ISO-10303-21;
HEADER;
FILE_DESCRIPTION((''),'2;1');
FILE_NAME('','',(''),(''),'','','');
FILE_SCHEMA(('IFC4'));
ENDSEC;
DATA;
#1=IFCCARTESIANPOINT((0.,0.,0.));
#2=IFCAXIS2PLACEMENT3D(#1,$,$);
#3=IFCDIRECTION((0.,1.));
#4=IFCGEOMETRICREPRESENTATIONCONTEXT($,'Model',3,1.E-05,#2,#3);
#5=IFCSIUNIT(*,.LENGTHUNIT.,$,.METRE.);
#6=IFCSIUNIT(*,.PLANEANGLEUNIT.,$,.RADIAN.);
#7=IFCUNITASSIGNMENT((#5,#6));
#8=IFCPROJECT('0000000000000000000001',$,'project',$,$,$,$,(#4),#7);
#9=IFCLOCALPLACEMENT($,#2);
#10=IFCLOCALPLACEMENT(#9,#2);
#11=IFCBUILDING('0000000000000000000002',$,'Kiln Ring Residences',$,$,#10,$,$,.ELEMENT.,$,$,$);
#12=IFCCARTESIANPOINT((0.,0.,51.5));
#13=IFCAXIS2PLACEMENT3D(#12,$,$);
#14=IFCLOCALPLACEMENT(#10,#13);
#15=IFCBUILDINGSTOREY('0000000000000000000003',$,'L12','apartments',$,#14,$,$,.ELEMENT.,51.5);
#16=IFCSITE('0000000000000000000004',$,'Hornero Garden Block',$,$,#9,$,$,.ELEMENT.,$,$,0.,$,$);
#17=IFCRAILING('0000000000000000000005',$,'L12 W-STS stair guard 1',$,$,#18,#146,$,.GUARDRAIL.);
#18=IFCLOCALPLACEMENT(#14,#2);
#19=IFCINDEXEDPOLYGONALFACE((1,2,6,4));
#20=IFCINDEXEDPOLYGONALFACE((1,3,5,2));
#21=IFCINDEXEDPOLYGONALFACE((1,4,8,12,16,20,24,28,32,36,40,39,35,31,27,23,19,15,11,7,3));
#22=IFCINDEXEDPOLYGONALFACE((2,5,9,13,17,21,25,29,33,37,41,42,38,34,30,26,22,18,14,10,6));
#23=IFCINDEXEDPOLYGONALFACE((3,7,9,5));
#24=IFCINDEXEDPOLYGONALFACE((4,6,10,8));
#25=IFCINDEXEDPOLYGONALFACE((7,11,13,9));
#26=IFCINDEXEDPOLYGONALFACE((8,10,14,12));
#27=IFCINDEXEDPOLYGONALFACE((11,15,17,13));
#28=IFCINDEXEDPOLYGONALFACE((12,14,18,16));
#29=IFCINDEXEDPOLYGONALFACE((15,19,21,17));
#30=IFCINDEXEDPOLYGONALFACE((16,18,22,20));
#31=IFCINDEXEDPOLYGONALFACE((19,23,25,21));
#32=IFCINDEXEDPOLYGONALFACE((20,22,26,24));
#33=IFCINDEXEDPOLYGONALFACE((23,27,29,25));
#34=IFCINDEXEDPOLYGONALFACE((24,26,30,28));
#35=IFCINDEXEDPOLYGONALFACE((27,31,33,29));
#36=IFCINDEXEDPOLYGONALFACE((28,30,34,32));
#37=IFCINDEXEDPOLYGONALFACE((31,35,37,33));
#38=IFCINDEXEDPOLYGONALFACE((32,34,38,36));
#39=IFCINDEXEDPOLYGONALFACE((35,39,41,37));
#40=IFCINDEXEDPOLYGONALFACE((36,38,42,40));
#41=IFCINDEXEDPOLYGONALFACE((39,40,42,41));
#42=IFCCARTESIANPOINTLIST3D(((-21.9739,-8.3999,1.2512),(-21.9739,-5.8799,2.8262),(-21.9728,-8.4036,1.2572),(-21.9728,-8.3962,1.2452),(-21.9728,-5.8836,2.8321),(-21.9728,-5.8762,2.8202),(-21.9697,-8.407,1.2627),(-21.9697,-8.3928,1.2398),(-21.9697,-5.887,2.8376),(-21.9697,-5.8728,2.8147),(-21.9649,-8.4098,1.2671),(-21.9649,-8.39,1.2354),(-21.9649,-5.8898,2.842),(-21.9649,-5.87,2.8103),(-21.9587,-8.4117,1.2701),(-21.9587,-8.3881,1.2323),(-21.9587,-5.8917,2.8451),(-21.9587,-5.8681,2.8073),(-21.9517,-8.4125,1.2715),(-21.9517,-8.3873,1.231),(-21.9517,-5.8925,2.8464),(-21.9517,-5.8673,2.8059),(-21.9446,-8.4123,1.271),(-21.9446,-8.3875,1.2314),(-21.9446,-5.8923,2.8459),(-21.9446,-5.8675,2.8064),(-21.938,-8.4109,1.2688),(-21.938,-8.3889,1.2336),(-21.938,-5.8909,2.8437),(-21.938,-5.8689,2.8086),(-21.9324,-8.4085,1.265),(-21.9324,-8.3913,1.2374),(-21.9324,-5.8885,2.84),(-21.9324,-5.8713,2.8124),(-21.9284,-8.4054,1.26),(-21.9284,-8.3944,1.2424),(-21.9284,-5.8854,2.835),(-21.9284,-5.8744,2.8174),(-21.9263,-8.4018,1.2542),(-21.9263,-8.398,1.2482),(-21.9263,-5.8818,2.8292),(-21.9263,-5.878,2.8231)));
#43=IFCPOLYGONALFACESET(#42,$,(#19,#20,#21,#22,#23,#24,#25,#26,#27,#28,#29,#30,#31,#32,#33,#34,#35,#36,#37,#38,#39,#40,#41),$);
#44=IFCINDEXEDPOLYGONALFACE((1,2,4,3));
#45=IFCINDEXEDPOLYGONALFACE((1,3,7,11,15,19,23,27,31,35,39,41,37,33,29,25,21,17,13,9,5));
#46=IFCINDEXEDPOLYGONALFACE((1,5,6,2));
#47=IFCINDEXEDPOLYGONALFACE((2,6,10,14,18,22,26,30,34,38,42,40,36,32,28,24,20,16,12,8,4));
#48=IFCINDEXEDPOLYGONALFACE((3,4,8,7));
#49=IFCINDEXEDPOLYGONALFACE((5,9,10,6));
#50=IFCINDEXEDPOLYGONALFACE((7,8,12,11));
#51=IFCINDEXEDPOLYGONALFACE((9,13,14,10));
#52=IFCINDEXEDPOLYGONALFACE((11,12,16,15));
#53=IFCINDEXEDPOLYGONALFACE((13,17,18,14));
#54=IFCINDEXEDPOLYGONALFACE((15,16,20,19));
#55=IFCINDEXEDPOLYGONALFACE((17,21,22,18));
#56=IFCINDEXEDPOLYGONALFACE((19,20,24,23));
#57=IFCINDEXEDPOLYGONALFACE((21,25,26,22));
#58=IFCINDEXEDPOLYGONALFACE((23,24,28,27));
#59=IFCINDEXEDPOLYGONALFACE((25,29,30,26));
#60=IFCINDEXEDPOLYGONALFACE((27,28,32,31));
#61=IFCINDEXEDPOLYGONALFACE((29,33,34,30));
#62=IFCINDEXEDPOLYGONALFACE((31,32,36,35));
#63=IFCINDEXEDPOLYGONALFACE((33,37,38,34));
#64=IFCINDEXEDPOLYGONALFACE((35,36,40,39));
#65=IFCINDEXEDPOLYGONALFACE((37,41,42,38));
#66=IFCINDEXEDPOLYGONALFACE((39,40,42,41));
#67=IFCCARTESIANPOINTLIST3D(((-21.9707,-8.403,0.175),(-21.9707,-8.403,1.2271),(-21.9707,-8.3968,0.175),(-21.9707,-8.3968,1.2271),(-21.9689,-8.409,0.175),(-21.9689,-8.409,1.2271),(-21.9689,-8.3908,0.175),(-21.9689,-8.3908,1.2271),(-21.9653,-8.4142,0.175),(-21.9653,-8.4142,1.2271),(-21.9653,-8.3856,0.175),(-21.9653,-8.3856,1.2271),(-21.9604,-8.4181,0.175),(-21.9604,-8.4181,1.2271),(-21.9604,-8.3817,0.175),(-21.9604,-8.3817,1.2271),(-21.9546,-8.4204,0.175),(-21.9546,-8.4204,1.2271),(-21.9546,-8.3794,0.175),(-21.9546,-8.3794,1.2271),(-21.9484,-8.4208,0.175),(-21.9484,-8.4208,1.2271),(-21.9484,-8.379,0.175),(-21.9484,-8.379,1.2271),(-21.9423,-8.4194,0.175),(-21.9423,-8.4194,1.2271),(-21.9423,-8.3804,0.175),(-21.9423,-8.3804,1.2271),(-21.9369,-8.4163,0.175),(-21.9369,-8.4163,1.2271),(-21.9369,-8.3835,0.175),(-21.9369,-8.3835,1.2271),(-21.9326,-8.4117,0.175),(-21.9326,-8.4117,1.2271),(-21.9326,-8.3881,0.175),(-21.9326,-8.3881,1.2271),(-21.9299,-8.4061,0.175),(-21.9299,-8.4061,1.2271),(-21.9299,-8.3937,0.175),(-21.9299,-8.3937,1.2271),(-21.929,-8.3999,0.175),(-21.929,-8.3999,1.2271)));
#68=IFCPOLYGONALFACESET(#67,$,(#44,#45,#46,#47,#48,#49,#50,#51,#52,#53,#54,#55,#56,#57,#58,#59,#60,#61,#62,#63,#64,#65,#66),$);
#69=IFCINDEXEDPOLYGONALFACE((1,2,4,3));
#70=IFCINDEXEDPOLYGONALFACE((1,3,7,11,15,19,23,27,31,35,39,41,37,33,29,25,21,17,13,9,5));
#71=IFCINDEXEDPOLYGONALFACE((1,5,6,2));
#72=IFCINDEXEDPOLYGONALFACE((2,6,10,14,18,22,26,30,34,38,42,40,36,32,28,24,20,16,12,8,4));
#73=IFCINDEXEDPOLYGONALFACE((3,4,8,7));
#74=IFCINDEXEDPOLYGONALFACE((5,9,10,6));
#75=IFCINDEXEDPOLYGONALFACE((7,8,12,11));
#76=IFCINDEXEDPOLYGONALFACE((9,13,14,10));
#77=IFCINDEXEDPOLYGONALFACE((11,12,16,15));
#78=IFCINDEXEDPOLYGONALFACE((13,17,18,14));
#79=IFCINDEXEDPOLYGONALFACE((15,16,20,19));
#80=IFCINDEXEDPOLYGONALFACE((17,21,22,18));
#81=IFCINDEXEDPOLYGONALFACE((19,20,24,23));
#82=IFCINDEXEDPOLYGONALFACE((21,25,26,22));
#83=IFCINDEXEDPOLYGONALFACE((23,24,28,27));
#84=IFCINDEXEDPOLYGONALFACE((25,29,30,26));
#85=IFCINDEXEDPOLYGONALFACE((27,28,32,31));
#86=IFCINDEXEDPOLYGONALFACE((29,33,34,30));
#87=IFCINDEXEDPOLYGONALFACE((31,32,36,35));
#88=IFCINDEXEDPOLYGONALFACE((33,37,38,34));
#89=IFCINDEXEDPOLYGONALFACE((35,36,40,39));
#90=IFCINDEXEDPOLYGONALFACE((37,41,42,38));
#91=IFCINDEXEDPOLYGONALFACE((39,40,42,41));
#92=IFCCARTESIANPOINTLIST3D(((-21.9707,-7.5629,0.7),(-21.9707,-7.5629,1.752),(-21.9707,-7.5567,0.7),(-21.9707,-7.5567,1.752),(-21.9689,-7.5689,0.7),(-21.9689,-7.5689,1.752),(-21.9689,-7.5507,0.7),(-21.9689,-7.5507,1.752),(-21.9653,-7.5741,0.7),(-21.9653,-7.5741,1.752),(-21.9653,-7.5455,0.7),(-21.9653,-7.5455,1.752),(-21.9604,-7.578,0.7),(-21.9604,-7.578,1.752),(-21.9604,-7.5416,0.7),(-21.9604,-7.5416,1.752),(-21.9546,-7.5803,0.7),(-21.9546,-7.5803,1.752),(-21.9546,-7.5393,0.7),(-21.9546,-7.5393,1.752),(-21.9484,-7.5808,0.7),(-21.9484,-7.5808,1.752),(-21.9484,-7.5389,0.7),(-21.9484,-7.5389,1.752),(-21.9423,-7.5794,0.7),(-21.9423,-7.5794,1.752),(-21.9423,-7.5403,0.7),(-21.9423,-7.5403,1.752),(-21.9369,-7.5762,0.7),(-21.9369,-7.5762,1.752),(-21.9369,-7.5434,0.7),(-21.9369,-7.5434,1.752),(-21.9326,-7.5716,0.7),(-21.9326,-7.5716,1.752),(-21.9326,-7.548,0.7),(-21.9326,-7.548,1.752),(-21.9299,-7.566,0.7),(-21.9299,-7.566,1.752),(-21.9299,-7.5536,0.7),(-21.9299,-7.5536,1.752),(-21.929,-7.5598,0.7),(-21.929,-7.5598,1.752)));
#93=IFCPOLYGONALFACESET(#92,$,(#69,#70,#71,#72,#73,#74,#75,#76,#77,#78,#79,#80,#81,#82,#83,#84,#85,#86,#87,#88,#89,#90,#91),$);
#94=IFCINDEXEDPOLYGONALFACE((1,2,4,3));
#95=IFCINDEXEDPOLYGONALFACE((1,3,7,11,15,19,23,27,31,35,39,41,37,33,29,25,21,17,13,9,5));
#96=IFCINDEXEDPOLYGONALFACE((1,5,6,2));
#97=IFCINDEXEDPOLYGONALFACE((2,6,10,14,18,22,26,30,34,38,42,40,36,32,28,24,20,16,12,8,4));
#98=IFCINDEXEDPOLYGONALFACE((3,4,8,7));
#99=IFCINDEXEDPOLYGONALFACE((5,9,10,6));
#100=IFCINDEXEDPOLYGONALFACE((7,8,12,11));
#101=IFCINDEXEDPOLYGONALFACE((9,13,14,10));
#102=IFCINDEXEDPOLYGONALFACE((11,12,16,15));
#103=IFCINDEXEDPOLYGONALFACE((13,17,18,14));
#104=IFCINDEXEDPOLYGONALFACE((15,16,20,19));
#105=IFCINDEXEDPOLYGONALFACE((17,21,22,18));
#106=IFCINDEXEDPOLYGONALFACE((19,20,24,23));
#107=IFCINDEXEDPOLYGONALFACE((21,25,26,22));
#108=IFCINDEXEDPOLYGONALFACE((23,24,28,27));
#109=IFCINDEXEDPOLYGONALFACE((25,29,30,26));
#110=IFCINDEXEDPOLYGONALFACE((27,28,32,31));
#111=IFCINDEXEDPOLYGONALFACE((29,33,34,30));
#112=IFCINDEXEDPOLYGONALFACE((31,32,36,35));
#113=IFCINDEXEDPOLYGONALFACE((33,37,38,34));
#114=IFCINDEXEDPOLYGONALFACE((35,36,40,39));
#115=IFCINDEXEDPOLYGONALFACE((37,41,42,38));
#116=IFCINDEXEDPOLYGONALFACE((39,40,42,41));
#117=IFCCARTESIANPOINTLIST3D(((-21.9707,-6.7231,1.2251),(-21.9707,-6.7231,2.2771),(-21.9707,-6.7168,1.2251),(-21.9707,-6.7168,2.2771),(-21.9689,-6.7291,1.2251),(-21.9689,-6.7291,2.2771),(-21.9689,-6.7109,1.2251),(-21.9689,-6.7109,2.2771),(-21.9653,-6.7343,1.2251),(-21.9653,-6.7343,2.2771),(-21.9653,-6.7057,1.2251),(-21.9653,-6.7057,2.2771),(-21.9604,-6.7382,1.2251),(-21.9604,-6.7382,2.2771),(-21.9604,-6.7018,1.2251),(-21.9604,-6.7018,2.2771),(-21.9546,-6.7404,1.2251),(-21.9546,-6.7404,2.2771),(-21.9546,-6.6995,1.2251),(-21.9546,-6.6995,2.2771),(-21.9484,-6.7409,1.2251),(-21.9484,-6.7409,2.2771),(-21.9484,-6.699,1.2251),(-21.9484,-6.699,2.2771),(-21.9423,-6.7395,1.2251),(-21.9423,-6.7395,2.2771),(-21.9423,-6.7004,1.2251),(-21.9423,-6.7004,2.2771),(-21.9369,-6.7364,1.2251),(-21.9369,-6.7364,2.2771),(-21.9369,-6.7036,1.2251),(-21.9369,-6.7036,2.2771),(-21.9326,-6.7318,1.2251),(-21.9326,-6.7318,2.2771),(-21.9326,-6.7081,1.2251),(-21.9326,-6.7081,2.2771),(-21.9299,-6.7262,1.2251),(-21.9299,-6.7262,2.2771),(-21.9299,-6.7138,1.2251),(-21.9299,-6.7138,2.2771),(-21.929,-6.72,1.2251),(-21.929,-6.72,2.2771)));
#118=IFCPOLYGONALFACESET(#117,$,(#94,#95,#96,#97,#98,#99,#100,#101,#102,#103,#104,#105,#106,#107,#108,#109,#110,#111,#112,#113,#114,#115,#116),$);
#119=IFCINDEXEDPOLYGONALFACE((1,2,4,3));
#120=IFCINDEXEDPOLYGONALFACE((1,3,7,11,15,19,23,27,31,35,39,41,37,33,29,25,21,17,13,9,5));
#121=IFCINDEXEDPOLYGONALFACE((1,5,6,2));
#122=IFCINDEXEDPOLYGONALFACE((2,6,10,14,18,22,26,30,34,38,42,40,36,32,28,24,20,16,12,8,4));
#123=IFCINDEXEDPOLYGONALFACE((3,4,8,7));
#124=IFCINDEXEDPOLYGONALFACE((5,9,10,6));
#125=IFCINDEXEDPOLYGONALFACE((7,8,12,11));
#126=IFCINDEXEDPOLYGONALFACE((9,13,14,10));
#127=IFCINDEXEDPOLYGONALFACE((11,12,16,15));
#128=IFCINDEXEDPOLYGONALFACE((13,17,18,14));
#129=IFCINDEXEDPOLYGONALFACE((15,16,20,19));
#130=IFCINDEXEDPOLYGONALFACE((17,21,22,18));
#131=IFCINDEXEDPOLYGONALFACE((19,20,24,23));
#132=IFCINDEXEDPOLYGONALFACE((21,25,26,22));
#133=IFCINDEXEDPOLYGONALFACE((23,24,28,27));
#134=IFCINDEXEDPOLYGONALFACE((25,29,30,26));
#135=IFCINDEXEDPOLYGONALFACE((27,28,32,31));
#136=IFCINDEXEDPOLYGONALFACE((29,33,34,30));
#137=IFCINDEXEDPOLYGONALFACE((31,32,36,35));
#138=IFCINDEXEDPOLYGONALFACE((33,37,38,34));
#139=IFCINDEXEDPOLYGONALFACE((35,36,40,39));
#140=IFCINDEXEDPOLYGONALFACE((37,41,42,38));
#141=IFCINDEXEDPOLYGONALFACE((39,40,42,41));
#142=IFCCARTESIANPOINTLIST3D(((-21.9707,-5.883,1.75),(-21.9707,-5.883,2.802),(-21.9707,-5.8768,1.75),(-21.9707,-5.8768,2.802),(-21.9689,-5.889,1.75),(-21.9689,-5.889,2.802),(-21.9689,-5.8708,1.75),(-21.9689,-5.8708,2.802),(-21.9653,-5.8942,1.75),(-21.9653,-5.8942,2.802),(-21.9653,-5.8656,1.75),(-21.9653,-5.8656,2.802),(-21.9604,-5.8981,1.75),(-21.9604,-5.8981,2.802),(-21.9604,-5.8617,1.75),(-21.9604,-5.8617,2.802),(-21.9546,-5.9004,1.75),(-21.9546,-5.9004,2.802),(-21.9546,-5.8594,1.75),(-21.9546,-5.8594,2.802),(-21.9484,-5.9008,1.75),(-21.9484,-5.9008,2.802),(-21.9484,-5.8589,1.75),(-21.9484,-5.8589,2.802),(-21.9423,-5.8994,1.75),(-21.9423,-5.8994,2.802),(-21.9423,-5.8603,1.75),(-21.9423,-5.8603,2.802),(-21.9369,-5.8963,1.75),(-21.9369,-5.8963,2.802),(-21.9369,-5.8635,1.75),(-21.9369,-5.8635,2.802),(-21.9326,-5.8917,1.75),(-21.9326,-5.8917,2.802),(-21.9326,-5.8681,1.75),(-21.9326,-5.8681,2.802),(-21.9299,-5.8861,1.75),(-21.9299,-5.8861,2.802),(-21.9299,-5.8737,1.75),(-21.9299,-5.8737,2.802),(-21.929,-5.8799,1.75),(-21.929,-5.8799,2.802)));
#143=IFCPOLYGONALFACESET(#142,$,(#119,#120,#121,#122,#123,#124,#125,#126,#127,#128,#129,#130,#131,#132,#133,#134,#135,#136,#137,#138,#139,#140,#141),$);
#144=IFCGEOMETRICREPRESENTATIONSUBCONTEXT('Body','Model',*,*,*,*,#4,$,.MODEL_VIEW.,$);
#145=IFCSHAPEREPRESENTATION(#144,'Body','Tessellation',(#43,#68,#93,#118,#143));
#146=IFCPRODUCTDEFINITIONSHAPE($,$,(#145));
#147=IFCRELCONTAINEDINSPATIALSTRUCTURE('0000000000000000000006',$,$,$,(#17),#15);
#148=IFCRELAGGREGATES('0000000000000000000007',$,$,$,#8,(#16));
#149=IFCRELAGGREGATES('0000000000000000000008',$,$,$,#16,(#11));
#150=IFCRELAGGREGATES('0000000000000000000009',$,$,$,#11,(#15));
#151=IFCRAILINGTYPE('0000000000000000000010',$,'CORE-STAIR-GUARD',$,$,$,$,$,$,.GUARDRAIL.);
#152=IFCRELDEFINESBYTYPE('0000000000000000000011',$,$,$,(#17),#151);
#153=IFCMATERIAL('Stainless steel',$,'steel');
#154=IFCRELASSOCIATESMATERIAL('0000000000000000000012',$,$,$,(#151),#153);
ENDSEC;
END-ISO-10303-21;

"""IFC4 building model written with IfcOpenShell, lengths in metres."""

from ifc_helpers import new_model, si_unit, direction, frame, origin, origin_2d, place, context, subcontext, project, spatial, circle, extrude, material, type_object, element, save


model = new_model("IFC4")

# Units and contexts
model_context = context("Model", 3, precision=1e-05, world=origin(), true_north=direction((0.0, 1.0)))
body_context = subcontext(model_context, "Body", "Model", "MODEL_VIEW")
ifc_project = project(units=[si_unit("LENGTHUNIT", "METRE"), si_unit("PLANEANGLEUNIT", "RADIAN")], contexts=[model_context])

# Site, building, storey
site_placement = place(None, origin())
site = spatial("IfcSite", under=ifc_project, at=site_placement, Name="Hornero Garden Block", CompositionType="ELEMENT", RefElevation=0.0)
building_placement = place(site_placement, origin())
building = spatial("IfcBuilding", under=site, at=building_placement, Name="Kiln Ring Residences", CompositionType="ELEMENT")
storey_placement = place(building_placement, frame((0.0, 0.0, 51.5)))
storey = spatial("IfcBuildingStorey", under=building, at=storey_placement, Name="L12", Description="apartments", CompositionType="ELEMENT", Elevation=51.5)

# Railing
ifc_material_1 = material(Name="Stainless steel", Category="steel")
railing_type_1 = type_object("IfcRailingType", Name="CORE-STAIR-GUARD", PredefinedType="GUARDRAIL", material=ifc_material_1)
railing_1_placement = place(storey_placement, frame((-21.95, -8.3999, 0.175)))
element("IfcRailing", 1, at=railing_1_placement, inside=storey, type_object=railing_type_1, Name="L12 W-STS stair guard 1", PredefinedType="GUARDRAIL", context=body_context, shape_type="SweptSolid", body=[
    extrude(circle(Radius=0.0239, at=origin_2d()), frame((0.0, 0.0, 1.0762), z_axis=(0.0, 0.848008, 0.529984), x_axis=(-1.0, 0.0, 0.0)), (0.0, 0.0, 1.0), 2.9717),
    extrude(circle(Radius=0.021, at=origin_2d()), origin(), (0.0, 0.0, 1.0), 1.052),
    extrude(circle(Radius=0.021, at=origin_2d()), frame((0.0, 0.8401, 0.5249)), (0.0, 0.0, 1.0), 1.052),
    extrude(circle(Radius=0.021, at=origin_2d()), frame((0.0, 1.6799, 1.05)), (0.0, 0.0, 1.0), 1.052),
    extrude(circle(Radius=0.021, at=origin_2d()), frame((0.0, 2.52, 1.575)), (0.0, 0.0, 1.0), 1.052),
])

save(model, "model.ifc")
